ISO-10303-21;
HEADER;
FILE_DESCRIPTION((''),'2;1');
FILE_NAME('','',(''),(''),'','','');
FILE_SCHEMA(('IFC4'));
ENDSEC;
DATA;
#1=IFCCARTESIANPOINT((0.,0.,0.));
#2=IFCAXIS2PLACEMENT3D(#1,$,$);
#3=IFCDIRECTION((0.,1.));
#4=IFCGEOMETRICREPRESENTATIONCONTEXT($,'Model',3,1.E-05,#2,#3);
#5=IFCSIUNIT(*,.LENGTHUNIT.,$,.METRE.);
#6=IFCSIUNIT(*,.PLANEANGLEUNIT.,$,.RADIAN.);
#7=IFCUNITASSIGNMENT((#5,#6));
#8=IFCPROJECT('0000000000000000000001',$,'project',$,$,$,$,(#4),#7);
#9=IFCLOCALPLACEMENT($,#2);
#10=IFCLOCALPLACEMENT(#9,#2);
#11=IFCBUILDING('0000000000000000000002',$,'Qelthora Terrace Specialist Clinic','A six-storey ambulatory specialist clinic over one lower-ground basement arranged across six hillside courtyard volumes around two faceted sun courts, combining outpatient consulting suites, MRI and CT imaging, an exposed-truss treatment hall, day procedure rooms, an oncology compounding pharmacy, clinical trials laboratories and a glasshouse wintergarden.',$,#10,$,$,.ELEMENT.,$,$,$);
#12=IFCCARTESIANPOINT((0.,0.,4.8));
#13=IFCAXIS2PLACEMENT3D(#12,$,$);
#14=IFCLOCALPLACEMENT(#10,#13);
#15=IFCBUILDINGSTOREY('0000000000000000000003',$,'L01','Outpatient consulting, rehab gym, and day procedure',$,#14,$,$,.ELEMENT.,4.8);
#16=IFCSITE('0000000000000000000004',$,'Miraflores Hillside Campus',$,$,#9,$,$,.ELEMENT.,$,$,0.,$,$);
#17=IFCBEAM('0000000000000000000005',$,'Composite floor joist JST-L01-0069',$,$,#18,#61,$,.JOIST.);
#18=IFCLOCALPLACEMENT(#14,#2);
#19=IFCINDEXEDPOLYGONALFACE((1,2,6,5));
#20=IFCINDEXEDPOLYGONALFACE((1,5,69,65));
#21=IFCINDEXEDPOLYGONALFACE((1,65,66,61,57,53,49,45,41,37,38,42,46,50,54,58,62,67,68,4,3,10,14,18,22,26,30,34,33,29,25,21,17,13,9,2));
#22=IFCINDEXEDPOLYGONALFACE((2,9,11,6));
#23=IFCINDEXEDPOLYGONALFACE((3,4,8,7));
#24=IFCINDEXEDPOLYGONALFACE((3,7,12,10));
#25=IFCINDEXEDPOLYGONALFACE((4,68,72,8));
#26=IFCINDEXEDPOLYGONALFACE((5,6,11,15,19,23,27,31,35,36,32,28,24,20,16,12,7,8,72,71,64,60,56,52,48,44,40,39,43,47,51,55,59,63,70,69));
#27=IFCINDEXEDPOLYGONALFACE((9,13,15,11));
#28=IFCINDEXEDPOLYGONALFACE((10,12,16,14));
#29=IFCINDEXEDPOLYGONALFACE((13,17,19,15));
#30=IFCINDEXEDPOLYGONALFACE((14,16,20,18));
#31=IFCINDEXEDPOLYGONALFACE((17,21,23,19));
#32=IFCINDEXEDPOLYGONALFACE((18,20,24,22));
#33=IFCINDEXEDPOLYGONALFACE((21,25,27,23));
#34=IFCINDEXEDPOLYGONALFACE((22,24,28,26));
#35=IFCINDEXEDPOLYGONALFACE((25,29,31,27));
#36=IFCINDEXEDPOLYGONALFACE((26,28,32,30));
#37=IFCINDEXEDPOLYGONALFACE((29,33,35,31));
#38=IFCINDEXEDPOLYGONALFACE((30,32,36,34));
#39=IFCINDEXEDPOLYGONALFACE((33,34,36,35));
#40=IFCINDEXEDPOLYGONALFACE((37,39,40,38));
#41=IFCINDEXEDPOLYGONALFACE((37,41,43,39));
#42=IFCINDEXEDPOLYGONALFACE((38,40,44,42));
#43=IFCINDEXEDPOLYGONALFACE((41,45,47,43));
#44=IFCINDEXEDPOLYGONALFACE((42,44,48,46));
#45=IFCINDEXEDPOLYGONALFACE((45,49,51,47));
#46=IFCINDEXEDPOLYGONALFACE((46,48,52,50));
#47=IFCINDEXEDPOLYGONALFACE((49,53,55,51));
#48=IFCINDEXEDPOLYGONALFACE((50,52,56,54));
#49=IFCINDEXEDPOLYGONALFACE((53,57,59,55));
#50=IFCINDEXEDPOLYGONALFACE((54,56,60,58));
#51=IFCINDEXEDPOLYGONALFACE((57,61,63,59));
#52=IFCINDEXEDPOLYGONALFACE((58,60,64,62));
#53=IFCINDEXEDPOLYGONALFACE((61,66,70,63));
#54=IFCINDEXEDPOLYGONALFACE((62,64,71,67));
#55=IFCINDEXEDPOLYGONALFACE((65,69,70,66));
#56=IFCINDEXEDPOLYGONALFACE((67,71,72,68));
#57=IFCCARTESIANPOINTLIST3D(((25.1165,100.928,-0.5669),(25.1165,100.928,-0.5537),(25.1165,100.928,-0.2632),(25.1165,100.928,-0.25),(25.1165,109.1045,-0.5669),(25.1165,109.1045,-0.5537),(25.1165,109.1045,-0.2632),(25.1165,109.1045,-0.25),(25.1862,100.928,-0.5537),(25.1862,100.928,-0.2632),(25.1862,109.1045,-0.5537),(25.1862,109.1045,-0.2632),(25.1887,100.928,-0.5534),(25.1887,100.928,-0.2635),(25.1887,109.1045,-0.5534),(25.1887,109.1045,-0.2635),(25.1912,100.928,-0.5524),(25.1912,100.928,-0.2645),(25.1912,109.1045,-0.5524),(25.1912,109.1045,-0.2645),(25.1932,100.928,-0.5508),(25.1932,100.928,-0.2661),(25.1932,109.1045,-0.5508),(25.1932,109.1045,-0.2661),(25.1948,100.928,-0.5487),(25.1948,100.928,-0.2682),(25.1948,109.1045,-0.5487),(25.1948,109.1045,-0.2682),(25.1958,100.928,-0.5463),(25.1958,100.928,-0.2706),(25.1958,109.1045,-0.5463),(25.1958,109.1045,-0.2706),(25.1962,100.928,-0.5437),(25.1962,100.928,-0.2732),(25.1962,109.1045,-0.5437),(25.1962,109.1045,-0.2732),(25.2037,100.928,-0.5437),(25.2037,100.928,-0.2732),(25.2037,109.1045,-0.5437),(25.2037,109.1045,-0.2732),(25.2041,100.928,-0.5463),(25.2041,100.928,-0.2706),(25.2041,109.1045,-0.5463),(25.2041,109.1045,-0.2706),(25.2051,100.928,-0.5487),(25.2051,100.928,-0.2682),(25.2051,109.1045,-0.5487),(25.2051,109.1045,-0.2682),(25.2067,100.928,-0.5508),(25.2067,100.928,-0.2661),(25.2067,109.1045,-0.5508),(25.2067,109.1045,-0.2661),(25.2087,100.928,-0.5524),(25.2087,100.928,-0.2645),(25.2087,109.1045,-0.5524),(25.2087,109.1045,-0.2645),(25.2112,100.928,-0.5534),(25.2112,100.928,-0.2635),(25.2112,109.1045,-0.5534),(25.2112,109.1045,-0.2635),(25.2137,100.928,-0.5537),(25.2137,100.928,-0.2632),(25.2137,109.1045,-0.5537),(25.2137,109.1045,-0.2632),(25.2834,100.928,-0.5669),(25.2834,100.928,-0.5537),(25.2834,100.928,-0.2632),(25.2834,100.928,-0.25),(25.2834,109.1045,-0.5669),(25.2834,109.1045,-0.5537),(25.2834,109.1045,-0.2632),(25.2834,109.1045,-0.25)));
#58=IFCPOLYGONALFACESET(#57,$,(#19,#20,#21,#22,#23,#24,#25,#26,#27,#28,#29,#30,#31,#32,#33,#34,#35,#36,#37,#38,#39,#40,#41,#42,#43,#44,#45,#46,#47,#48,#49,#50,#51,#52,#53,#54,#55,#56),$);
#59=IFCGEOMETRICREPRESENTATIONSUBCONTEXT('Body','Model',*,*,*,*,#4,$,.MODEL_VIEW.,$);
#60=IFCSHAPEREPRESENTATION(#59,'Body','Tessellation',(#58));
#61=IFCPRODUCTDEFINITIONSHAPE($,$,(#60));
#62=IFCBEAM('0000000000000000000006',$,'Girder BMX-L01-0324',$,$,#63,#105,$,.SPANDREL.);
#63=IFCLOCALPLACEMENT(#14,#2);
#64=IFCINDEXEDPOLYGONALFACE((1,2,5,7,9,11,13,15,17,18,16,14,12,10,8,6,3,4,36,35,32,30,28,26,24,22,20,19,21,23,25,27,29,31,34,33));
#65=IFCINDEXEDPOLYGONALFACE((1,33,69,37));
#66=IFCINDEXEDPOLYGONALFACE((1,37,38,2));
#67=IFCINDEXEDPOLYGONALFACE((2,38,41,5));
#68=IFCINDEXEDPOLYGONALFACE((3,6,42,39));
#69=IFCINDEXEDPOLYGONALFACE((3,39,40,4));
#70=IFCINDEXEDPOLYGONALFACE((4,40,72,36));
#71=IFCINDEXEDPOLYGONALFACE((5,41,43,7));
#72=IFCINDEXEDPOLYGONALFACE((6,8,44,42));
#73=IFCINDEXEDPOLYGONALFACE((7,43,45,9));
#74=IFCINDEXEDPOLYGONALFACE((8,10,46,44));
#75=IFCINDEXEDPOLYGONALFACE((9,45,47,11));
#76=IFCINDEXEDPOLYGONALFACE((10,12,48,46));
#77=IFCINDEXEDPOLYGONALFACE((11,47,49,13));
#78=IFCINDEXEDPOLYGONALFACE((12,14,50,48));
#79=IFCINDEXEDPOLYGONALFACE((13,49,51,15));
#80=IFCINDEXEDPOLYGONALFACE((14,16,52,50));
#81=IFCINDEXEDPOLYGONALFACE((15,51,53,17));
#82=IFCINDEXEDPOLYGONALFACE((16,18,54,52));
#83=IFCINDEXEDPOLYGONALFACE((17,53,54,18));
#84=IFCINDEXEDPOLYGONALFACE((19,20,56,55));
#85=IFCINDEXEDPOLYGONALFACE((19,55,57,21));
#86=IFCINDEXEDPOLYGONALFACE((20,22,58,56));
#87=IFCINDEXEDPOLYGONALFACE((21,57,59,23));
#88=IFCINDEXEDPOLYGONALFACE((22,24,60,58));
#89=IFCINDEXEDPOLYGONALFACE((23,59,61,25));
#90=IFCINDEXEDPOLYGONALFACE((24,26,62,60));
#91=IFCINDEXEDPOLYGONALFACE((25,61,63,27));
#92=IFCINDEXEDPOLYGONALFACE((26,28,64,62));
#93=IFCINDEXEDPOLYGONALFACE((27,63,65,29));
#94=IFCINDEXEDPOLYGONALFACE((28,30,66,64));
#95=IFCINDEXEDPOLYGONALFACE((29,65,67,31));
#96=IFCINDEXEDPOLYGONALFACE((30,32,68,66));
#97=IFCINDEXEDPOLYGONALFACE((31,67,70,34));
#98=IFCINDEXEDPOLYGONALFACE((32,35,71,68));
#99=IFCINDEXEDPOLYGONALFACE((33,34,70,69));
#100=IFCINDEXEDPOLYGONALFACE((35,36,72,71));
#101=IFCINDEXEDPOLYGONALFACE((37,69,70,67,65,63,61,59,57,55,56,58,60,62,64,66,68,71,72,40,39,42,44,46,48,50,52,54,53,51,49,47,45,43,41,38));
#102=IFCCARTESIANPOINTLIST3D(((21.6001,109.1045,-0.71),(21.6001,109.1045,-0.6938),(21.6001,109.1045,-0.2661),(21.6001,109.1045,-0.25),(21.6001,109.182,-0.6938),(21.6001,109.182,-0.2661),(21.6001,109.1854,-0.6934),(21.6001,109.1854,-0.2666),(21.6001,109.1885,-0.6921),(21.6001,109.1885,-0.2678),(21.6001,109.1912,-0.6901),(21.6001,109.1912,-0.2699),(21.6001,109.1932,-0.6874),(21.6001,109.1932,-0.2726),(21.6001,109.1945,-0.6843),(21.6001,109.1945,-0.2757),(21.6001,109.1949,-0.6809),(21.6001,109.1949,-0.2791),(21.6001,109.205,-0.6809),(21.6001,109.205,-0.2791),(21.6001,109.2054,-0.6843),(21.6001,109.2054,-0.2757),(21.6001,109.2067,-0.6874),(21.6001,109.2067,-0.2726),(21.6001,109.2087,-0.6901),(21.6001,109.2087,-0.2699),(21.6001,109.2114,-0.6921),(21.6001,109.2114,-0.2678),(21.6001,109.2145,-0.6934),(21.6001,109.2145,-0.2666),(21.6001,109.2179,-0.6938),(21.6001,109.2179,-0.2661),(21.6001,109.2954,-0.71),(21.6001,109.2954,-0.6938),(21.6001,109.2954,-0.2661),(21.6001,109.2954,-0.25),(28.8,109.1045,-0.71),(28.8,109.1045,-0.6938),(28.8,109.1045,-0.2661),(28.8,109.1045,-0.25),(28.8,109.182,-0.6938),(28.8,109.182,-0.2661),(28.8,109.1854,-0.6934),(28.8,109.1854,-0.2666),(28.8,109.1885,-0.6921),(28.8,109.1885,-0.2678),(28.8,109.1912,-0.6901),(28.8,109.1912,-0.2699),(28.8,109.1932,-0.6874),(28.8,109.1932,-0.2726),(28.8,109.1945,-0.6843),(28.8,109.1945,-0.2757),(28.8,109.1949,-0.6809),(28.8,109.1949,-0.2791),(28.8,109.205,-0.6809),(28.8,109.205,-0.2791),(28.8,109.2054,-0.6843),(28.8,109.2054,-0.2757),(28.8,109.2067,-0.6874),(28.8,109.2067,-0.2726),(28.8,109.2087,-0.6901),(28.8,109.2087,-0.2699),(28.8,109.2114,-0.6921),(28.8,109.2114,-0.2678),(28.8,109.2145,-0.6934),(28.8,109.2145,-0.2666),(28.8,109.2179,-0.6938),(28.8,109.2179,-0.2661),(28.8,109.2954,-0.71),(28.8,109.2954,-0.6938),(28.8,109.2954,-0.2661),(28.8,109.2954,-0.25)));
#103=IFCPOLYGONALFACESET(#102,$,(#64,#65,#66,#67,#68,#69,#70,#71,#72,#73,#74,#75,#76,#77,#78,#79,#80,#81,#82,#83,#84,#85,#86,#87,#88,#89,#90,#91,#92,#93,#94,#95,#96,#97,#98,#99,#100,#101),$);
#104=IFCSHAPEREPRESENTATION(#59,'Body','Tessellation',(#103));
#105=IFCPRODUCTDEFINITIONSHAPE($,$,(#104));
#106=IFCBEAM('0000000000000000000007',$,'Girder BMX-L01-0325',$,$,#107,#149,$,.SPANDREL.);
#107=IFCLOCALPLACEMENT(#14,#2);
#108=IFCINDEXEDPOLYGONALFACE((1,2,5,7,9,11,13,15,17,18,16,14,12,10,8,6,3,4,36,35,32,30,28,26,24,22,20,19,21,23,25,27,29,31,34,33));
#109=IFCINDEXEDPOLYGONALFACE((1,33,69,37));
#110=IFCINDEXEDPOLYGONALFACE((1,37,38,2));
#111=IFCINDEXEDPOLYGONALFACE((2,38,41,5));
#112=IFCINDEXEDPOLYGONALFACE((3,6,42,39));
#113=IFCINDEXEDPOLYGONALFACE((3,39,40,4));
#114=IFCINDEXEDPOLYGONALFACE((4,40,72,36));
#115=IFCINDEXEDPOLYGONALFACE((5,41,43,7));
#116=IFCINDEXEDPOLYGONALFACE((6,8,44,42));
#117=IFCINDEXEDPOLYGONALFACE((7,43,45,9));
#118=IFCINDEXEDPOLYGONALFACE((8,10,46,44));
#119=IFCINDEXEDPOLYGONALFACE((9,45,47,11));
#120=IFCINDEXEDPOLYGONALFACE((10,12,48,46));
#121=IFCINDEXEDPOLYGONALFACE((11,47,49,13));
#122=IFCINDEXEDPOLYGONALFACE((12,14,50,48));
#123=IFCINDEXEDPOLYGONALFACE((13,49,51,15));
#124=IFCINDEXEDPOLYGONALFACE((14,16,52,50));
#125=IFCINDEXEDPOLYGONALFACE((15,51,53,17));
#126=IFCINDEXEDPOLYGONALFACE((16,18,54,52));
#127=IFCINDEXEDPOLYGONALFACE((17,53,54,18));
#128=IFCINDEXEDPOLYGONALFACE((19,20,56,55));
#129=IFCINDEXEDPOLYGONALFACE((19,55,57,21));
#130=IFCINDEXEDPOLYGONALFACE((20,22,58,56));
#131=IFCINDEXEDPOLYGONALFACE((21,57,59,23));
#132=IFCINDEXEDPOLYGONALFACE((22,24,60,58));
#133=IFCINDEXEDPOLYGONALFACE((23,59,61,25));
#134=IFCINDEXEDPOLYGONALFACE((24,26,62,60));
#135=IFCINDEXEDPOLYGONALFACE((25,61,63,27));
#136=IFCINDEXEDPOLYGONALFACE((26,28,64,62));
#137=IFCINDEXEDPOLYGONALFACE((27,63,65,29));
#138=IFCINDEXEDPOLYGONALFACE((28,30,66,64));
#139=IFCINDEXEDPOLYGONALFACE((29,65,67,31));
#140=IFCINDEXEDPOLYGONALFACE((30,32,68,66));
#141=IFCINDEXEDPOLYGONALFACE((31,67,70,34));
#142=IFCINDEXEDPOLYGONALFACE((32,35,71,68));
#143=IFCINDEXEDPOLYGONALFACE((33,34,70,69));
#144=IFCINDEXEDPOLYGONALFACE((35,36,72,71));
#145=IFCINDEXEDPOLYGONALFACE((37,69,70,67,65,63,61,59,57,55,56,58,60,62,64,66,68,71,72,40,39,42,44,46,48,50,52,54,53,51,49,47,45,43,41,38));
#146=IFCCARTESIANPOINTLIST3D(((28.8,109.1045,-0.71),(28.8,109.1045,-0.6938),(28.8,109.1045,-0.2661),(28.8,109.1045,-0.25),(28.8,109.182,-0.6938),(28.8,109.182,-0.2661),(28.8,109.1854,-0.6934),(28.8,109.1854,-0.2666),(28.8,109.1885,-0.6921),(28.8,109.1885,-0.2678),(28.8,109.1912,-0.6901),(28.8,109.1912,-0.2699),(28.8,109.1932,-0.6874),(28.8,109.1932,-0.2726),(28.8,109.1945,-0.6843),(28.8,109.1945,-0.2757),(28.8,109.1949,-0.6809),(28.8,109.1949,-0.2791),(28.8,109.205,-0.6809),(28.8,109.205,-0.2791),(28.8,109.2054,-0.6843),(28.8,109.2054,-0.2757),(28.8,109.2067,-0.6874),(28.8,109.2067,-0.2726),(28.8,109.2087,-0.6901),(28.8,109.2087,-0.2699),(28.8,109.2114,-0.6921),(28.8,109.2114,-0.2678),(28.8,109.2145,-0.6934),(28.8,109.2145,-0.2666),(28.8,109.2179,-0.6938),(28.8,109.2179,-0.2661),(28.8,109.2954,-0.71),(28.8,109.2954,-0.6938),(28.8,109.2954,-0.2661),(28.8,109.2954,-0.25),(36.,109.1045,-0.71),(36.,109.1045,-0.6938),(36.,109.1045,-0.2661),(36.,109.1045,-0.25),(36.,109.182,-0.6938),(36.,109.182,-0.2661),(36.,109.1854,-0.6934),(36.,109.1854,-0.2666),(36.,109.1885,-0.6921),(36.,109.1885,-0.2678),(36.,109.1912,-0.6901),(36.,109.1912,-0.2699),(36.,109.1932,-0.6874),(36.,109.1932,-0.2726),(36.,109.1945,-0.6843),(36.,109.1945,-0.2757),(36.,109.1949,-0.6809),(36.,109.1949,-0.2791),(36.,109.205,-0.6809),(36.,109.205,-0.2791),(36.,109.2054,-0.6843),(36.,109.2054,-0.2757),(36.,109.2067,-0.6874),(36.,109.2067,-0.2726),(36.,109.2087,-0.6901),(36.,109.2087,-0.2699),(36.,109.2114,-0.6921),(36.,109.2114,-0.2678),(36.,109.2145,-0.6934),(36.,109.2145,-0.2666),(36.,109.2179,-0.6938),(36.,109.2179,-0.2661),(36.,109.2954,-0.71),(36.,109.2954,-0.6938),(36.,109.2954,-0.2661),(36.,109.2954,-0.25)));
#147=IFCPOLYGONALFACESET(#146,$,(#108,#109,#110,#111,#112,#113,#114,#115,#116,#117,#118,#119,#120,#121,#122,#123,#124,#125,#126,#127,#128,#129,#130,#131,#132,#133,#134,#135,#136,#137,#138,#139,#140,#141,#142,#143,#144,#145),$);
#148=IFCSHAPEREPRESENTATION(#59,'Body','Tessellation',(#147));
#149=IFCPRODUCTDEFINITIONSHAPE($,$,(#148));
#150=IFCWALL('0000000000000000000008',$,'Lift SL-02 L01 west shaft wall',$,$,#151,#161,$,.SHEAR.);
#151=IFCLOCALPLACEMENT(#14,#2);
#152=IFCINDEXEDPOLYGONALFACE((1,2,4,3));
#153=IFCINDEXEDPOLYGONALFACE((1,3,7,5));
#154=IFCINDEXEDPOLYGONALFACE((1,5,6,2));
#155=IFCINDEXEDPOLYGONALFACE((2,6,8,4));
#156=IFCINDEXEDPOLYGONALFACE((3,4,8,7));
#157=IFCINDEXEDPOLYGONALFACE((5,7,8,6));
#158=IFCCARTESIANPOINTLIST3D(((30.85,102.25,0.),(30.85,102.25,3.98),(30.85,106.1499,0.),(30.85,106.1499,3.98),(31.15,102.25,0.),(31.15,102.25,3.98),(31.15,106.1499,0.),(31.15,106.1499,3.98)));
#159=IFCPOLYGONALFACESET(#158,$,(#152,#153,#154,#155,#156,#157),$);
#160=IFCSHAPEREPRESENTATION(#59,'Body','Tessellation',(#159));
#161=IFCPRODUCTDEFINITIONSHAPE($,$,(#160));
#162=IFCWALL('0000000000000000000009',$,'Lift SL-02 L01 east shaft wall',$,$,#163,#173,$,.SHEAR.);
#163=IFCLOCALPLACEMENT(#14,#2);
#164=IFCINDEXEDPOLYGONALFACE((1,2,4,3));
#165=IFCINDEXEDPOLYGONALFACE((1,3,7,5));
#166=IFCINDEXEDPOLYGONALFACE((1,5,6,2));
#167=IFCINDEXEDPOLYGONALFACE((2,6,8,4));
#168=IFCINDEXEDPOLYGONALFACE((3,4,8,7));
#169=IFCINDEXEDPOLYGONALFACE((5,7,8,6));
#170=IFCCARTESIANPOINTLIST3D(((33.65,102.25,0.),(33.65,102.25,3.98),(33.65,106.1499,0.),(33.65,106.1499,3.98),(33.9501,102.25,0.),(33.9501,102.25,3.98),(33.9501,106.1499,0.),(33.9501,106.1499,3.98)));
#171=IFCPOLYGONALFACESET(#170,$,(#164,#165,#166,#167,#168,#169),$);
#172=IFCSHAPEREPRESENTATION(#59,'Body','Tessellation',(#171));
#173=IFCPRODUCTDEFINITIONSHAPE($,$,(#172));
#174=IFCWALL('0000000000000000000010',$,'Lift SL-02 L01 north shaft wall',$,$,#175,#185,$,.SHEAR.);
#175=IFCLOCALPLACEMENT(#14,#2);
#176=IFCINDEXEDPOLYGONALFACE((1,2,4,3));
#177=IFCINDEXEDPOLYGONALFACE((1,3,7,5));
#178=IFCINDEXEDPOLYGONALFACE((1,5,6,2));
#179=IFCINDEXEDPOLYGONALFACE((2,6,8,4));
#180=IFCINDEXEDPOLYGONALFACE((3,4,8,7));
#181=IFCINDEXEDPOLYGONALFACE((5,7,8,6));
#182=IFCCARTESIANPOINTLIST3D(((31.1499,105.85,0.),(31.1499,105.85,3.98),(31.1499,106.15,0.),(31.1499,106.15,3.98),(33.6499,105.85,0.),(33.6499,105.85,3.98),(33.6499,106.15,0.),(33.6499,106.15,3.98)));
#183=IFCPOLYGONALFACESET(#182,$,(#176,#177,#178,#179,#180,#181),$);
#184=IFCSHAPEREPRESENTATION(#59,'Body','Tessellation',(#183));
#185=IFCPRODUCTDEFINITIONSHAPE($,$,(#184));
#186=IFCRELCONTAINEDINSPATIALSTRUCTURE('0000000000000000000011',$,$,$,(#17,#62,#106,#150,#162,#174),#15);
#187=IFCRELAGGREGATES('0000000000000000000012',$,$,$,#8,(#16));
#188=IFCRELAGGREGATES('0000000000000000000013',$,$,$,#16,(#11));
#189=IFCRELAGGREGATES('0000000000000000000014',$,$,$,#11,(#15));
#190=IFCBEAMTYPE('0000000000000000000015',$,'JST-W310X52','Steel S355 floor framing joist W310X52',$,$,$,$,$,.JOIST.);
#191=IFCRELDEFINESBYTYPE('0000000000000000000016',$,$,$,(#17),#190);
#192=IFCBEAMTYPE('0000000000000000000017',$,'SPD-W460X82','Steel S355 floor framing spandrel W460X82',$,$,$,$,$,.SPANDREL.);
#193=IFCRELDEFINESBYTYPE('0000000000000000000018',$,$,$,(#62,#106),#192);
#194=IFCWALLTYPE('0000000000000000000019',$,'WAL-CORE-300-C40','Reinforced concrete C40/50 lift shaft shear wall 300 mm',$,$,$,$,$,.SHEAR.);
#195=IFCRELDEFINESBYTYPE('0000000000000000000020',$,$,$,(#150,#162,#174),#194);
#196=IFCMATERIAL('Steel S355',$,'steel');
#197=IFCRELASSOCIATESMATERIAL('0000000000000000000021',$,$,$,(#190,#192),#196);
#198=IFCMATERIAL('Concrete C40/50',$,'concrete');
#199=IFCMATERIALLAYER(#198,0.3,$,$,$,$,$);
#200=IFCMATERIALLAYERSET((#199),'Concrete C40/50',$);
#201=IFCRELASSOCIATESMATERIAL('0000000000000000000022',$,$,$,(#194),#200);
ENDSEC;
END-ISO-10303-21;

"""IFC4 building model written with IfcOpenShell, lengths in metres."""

from ifc_helpers import new_model, si_unit, direction, frame, frame_2d, origin, origin_2d, place, context, subcontext, project, spatial, rectangle, i_section, extrude, material, layer, layer_set, material_profile, profile_set, type_object, element, save


model = new_model("IFC4")

# Units and contexts
model_context = context("Model", 3, precision=1e-05, world=origin(), true_north=direction((0.0, 1.0)))
body_context = subcontext(model_context, "Body", "Model", "MODEL_VIEW")
ifc_project = project(units=[si_unit("LENGTHUNIT", "METRE"), si_unit("PLANEANGLEUNIT", "RADIAN")], contexts=[model_context])

# Site, building, storey
site_placement = place(None, origin())
site = spatial("IfcSite", under=ifc_project, at=site_placement, Name="Miraflores Hillside Campus", CompositionType="ELEMENT", RefElevation=0.0)
building_placement = place(site_placement, origin())
building = spatial("IfcBuilding", under=site, at=building_placement, Name="Qelthora Terrace Specialist Clinic", Description="A six-storey ambulatory specialist clinic over one lower-ground basement arranged across six hillside courtyard volumes around two faceted sun courts, combining outpatient consulting suites, MRI and CT imaging, an exposed-truss treatment hall, day procedure rooms, an oncology compounding pharmacy, clinical trials laboratories and a glasshouse wintergarden.", CompositionType="ELEMENT")
storey_placement = place(building_placement, frame((0.0, 0.0, 4.8)))
storey = spatial("IfcBuildingStorey", under=building, at=storey_placement, Name="L01", Description="Outpatient consulting, rehab gym, and day procedure", CompositionType="ELEMENT", Elevation=4.8)

# Shared definitions
ifc_material_1 = material(Name="Steel S355", Category="steel")

# Beams
ifc_material_profile_1 = material_profile(ifc_material_1, i_section(OverallWidth=0.167, OverallDepth=0.3169, WebThickness=0.0076, FlangeThickness=0.0132, FilletRadius=0.01, at=origin_2d()), Name="W310X52")
ifc_profile_set_1 = profile_set([ifc_material_profile_1], Name="Steel S355")
beam_type_1 = type_object("IfcBeamType", Name="JST-W310X52", Description="Steel S355 floor framing joist W310X52", PredefinedType="JOIST", material=ifc_profile_set_1)
beam_1_placement = place(storey_placement, frame((25.2, 100.928, -0.4084), z_axis=(0.0, 1.0, 0.0), x_axis=(-1.0, 0.0, 0.0)))
element("IfcBeam", 1, at=beam_1_placement, inside=storey, type_object=beam_type_1, Name="Composite floor joist JST-L01-0069", PredefinedType="JOIST", context=body_context, shape_type="SweptSolid", body=[
    extrude(i_section(OverallWidth=0.167, OverallDepth=0.3169, WebThickness=0.0076, FlangeThickness=0.0132, FilletRadius=0.01, at=origin_2d()), origin(), (0.0, 0.0, 1.0), 8.1765),
])
ifc_material_profile_2 = material_profile(ifc_material_1, i_section(OverallWidth=0.1909, OverallDepth=0.46, WebThickness=0.01, FlangeThickness=0.0161, FilletRadius=0.0129, at=origin_2d()), Name="W460X82")
ifc_profile_set_2 = profile_set([ifc_material_profile_2], Name="Steel S355")
beam_type_2 = type_object("IfcBeamType", Name="SPD-W460X82", Description="Steel S355 floor framing spandrel W460X82", PredefinedType="SPANDREL", material=ifc_profile_set_2)
for number, where, z_axis, x_axis, name in (
    (2, (21.6001, 109.2, -0.48), (1.0, 0.0, 0.0), (0.0, 1.0, 0.0), "Girder BMX-L01-0324"),
    (3, (28.8, 109.2, -0.48), (1.0, 0.0, 0.0), (0.0, 1.0, 0.0), "Girder BMX-L01-0325"),
):
    element("IfcBeam", number, at=place(storey_placement, frame(where, z_axis=z_axis, x_axis=x_axis)), inside=storey, type_object=beam_type_2, Name=name, PredefinedType="SPANDREL", context=body_context, shape_type="SweptSolid", body=[
        extrude(i_section(OverallWidth=0.1909, OverallDepth=0.46, WebThickness=0.01, FlangeThickness=0.0161, FilletRadius=0.0129, at=origin_2d()), origin(), (0.0, 0.0, 1.0), 7.2),
    ])

# Walls
ifc_material_2 = material(Name="Concrete C40/50", Category="concrete")
ifc_layer_1 = layer(ifc_material_2, 0.3)
ifc_layer_set_1 = layer_set([ifc_layer_1], Name="Concrete C40/50")
wall_type_1 = type_object("IfcWallType", Name="WAL-CORE-300-C40", Description="Reinforced concrete C40/50 lift shaft shear wall 300 mm", PredefinedType="SHEAR", material=ifc_layer_set_1)
for number, where, z_axis, x_axis, name in (
    (4, (31.0, 102.25, 0.0), (0.0, 0.0, 1.0), (0.0, 1.0, 0.0), "Lift SL-02 L01 west shaft wall"),
    (5, (33.8, 102.25, 0.0), (0.0, 0.0, 1.0), (0.0, 1.0, 0.0), "Lift SL-02 L01 east shaft wall"),
):
    element("IfcWall", number, at=place(storey_placement, frame(where, z_axis=z_axis, x_axis=x_axis)), inside=storey, type_object=wall_type_1, Name=name, PredefinedType="SHEAR", context=body_context, shape_type="SweptSolid", body=[
        extrude(rectangle(XDim=3.8999, YDim=0.3, at=frame_2d((1.95, 0.0))), origin(), (0.0, 0.0, 1.0), 3.98),
    ])
wall_1_placement = place(storey_placement, frame((31.1499, 106.0, 0.0), z_axis=(0.0, 0.0, 1.0), x_axis=(1.0, 0.0, 0.0)))
element("IfcWall", 6, at=wall_1_placement, inside=storey, type_object=wall_type_1, Name="Lift SL-02 L01 north shaft wall", PredefinedType="SHEAR", context=body_context, shape_type="SweptSolid", body=[
    extrude(rectangle(XDim=2.5, YDim=0.3, at=frame_2d((1.25, 0.0))), origin(), (0.0, 0.0, 1.0), 3.98),
])

save(model, "model.ifc")
